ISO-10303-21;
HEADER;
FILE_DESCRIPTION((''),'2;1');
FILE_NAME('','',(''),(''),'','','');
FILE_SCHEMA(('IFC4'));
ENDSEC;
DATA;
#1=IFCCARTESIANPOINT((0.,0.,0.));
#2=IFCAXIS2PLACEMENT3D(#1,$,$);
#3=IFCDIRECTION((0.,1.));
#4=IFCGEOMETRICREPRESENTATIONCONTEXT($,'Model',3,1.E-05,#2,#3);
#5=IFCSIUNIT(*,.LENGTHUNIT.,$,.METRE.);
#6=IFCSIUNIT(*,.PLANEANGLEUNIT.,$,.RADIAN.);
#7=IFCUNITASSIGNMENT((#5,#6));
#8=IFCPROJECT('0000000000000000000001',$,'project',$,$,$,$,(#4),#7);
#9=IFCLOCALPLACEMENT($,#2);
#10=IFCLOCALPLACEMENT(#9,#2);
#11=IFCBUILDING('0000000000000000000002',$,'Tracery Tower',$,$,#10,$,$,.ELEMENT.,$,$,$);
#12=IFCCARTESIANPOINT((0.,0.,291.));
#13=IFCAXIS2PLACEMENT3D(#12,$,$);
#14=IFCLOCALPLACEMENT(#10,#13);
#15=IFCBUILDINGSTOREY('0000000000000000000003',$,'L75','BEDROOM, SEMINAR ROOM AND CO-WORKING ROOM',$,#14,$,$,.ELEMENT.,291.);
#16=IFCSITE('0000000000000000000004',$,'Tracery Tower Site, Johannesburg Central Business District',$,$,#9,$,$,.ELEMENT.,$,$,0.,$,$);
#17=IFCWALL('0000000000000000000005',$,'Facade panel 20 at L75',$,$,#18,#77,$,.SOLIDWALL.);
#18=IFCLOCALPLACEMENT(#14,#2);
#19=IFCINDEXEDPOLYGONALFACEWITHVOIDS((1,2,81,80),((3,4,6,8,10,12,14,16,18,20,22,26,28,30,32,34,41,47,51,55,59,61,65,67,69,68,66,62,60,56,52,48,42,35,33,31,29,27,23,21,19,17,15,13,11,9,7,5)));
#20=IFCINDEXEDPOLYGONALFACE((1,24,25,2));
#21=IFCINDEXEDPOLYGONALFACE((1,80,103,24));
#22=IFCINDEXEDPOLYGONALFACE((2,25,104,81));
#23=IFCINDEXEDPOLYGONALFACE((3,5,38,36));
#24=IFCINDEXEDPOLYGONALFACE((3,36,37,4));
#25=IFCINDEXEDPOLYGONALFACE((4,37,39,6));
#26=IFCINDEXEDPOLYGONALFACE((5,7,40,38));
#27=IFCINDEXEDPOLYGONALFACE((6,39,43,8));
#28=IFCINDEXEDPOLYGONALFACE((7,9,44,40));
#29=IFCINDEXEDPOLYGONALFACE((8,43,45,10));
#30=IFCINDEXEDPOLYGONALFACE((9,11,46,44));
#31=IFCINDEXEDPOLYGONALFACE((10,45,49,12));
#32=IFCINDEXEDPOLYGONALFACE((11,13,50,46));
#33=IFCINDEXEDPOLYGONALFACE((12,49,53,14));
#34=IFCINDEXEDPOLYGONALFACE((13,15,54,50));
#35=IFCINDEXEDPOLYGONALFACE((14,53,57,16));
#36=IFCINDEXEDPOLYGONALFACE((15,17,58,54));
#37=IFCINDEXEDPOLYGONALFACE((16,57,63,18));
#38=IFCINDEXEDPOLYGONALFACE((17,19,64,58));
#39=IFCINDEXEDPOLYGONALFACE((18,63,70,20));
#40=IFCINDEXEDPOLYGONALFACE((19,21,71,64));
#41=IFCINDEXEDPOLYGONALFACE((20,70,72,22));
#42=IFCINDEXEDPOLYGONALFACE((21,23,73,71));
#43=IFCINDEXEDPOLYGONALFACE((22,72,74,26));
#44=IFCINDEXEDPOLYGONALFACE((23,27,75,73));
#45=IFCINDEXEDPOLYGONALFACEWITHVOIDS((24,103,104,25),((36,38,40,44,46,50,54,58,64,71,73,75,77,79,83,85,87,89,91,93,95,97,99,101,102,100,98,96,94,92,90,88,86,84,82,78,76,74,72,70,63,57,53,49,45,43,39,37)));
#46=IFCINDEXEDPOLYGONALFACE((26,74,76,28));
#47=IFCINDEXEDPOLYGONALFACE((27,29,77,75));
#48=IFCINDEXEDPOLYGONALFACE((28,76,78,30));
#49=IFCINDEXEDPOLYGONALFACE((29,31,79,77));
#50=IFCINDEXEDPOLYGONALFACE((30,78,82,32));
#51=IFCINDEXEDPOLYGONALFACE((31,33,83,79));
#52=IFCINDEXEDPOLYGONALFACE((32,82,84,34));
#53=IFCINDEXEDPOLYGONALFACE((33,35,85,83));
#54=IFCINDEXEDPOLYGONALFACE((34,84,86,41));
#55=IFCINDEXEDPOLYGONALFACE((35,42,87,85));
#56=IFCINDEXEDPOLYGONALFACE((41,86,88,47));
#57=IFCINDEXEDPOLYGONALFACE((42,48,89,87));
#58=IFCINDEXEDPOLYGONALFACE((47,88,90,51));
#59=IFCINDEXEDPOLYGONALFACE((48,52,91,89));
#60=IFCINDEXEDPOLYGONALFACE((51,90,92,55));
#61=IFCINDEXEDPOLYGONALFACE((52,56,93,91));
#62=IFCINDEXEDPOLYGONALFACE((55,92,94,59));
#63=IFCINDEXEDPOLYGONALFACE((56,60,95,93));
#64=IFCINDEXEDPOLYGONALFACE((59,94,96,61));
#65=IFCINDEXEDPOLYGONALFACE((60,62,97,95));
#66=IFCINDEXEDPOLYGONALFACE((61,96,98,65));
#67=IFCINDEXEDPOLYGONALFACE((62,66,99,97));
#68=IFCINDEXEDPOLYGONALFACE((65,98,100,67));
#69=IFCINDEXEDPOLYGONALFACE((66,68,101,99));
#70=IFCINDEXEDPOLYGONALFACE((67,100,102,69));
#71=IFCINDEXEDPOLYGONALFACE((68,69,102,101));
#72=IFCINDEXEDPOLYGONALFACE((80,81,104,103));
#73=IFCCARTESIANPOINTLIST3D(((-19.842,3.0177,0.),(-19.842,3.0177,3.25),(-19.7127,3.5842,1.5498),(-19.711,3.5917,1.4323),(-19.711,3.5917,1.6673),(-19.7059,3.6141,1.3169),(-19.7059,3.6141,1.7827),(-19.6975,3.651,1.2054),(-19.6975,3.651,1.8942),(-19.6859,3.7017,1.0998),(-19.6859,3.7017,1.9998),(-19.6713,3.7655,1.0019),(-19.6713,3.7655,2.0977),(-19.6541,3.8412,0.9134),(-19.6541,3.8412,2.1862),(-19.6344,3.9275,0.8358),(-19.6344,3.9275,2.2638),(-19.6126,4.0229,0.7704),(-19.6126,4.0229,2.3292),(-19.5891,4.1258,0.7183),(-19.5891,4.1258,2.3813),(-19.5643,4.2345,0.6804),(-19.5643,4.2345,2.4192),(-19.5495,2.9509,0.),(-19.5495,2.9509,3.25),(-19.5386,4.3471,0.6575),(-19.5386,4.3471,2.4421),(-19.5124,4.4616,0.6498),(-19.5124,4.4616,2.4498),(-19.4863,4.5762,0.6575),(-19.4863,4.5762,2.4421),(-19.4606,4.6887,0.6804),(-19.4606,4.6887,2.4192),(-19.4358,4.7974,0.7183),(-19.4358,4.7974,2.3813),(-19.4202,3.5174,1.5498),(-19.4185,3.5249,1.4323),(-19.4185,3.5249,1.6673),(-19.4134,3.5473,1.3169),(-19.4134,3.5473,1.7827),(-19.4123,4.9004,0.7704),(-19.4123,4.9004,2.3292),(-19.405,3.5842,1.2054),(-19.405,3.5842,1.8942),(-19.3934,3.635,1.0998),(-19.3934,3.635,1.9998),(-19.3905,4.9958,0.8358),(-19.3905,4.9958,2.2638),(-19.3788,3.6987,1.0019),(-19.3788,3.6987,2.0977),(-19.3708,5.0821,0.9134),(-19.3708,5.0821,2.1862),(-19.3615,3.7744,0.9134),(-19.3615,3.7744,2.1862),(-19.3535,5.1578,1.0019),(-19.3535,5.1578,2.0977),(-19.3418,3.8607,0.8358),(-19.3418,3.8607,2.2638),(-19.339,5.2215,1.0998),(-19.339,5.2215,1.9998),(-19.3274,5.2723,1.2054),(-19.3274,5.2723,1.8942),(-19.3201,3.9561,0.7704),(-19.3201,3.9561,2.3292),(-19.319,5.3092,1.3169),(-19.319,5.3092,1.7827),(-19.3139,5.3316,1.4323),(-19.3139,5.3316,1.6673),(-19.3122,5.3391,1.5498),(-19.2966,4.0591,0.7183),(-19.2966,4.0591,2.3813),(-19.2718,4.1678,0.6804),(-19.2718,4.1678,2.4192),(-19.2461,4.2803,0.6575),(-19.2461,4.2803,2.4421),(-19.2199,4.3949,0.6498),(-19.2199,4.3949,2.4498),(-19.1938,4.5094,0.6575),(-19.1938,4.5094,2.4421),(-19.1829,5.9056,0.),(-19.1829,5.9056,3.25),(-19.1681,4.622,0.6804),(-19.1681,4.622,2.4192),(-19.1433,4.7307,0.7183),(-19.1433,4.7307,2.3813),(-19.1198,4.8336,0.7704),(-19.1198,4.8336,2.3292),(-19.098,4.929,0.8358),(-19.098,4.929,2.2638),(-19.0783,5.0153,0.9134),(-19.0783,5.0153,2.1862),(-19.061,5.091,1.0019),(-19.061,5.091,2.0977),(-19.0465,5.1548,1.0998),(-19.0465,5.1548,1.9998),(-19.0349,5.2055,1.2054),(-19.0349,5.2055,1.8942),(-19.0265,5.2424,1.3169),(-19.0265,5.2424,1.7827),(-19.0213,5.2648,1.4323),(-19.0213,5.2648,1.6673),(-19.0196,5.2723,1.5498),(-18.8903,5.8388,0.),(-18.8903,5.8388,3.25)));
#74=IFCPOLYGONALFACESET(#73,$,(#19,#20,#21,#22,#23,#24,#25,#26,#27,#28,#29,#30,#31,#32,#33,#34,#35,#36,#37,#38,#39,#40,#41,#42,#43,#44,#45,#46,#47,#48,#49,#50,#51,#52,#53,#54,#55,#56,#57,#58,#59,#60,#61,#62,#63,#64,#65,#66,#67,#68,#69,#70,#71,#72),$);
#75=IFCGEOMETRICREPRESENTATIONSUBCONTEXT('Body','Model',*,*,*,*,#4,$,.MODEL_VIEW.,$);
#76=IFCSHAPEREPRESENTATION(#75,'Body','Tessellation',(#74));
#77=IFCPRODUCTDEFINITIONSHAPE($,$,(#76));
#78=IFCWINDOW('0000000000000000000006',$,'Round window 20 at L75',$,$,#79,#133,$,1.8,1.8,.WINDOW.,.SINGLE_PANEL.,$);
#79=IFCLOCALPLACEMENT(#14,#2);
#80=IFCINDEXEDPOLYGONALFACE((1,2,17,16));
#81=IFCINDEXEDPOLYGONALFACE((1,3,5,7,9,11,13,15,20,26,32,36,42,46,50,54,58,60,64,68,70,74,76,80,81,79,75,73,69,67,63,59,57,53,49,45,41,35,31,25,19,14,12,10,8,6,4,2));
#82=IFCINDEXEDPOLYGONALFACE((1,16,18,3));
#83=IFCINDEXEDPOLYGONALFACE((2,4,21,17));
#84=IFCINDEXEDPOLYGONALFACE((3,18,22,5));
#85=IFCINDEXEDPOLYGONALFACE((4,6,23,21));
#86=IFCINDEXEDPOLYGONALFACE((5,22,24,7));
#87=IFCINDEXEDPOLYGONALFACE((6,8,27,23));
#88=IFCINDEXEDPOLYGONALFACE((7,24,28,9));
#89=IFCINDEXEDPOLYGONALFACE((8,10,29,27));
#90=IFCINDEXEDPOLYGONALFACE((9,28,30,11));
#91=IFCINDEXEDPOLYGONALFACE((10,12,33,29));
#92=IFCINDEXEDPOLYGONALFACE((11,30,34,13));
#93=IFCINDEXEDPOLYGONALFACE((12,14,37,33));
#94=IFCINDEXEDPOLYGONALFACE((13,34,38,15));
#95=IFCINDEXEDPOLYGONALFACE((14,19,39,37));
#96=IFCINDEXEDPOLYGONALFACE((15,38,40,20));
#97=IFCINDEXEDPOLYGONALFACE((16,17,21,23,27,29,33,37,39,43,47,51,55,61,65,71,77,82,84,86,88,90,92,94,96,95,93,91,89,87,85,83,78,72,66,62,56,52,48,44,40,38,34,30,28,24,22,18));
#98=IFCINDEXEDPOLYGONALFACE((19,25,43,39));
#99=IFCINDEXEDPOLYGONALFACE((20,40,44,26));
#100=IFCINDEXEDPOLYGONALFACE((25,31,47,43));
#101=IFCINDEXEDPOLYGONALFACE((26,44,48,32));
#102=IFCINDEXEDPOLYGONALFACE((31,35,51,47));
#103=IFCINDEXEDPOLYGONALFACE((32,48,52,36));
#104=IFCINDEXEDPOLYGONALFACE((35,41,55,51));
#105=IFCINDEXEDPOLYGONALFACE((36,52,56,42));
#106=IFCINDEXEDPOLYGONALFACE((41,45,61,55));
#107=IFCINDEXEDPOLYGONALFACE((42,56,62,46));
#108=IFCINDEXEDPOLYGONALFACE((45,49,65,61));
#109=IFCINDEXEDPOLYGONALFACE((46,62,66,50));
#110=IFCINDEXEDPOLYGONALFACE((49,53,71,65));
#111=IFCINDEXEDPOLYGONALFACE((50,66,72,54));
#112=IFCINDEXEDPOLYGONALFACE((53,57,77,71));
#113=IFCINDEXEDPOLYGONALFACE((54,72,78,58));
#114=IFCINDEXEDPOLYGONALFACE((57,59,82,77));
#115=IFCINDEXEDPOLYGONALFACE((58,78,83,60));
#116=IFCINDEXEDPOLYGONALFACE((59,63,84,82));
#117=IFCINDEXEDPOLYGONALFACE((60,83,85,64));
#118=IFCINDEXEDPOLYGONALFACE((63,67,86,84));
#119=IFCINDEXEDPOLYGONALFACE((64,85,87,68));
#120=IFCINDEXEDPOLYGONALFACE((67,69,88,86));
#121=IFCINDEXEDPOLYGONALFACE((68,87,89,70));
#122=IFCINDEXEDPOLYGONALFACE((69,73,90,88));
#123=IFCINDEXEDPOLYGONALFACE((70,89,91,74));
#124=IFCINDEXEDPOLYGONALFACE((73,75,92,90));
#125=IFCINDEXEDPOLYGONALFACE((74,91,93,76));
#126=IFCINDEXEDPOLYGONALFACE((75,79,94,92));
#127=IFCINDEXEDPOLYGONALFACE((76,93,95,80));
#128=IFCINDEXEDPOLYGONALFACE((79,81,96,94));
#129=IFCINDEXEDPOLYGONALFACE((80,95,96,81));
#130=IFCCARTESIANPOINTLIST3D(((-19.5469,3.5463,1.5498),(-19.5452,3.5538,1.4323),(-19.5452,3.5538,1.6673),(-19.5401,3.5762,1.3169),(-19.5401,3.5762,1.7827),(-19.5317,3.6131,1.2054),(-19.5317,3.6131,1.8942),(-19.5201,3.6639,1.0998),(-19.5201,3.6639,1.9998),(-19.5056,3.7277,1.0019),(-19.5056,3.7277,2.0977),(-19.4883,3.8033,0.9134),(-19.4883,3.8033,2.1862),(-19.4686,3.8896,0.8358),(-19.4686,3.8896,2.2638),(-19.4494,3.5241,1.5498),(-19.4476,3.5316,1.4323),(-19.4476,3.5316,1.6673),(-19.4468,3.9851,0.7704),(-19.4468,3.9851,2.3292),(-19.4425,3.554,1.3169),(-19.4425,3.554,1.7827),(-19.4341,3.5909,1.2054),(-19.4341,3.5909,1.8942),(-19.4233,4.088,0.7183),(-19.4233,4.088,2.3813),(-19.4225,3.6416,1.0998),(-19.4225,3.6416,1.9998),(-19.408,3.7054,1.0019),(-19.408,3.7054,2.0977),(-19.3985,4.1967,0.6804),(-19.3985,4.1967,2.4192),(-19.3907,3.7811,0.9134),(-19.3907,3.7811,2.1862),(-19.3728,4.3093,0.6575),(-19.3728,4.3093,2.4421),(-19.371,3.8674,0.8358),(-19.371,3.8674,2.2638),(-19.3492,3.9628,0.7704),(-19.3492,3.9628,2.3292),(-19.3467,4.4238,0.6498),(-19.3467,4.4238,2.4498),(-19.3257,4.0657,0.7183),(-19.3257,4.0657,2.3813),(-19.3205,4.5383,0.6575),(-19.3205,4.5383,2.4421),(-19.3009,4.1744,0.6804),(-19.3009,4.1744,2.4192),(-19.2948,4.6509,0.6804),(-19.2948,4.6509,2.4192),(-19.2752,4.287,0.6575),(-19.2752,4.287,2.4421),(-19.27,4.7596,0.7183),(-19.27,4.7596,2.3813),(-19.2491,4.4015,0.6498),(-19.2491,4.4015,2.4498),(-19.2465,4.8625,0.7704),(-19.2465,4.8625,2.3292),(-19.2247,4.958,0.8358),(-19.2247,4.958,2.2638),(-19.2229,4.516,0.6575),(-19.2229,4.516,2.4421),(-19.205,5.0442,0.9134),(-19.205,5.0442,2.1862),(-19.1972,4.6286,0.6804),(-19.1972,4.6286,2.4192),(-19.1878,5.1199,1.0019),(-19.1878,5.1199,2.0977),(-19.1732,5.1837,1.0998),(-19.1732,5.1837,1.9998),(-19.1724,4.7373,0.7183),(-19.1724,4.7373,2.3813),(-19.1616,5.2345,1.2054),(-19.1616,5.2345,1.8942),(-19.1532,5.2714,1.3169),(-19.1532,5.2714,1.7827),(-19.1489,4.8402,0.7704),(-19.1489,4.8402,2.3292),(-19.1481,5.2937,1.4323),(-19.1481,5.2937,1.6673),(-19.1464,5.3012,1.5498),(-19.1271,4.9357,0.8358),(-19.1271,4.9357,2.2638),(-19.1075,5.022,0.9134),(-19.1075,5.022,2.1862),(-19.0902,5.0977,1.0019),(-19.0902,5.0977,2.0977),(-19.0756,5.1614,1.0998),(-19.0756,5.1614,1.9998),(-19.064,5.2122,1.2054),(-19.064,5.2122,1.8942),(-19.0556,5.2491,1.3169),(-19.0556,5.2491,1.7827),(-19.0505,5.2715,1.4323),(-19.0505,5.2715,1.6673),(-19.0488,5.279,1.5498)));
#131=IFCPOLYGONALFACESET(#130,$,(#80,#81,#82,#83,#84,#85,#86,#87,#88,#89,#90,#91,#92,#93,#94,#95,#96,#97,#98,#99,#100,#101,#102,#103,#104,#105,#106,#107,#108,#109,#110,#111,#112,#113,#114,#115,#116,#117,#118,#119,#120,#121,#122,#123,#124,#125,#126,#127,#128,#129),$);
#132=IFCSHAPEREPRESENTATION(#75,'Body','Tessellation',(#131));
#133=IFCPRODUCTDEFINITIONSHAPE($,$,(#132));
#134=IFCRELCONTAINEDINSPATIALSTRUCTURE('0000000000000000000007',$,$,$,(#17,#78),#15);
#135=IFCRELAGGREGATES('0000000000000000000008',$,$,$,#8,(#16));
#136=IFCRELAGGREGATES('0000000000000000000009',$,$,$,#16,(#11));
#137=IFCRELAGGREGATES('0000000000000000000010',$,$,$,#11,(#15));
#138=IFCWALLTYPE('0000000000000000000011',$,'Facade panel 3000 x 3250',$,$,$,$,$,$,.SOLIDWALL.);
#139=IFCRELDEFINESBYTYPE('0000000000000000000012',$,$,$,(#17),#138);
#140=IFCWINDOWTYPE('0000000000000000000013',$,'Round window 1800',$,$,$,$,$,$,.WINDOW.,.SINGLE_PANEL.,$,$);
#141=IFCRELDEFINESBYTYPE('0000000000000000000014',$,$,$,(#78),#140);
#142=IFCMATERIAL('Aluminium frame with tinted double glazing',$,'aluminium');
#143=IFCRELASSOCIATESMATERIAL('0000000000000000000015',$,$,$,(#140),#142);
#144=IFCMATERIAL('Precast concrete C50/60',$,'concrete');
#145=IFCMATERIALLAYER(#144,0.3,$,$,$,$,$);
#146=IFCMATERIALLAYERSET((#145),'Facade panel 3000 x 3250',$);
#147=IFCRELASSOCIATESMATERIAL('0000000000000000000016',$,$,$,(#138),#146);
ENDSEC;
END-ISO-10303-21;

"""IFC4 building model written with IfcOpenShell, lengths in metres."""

from ifc_helpers import new_model, si_unit, direction, frame, frame_2d, origin, origin_2d, place, context, subcontext, project, spatial, rectangle, circle, extrude, material, layer, layer_set, type_object, element, fill, save


model = new_model("IFC4")

# Units and contexts
model_context = context("Model", 3, precision=1e-05, world=origin(), true_north=direction((0.0, 1.0)))
body_context = subcontext(model_context, "Body", "Model", "MODEL_VIEW")
ifc_project = project(units=[si_unit("LENGTHUNIT", "METRE"), si_unit("PLANEANGLEUNIT", "RADIAN")], contexts=[model_context])

# Site, building, storey
site_placement = place(None, origin())
site = spatial("IfcSite", under=ifc_project, at=site_placement, Name="Tracery Tower Site, Johannesburg Central Business District", CompositionType="ELEMENT", RefElevation=0.0)
building_placement = place(site_placement, origin())
building = spatial("IfcBuilding", under=site, at=building_placement, Name="Tracery Tower", CompositionType="ELEMENT")
storey_placement = place(building_placement, frame((0.0, 0.0, 291.0)))
storey = spatial("IfcBuildingStorey", under=building, at=storey_placement, Name="L75", Description="BEDROOM, SEMINAR ROOM AND CO-WORKING ROOM", CompositionType="ELEMENT", Elevation=291.0)

# Wall, opening, window
ifc_material_1 = material(Name="Aluminium frame with tinted double glazing", Category="aluminium")
window_type = type_object("IfcWindowType", Name="Round window 1800", PartitioningType="SINGLE_PANEL", PredefinedType="WINDOW", material=ifc_material_1)
ifc_material_2 = material(Name="Precast concrete C50/60", Category="concrete")
ifc_layer_1 = layer(ifc_material_2, 0.3)
ifc_layer_set_1 = layer_set([ifc_layer_1], Name="Facade panel 3000 x 3250")
wall_type_1 = type_object("IfcWallType", Name="Facade panel 3000 x 3250", PredefinedType="SOLIDWALL", material=ifc_layer_set_1)
wall_1_placement = place(storey_placement, frame((-19.0366, 5.8721, 0.0), z_axis=(0.0, 0.0, 1.0), x_axis=(-0.222529, -0.974926, 0.0)))
wall_1 = element("IfcWall", 1, at=wall_1_placement, inside=storey, type_object=wall_type_1, Name="Facade panel 20 at L75", PredefinedType="SOLIDWALL", context=body_context, shape_type="SweptSolid", body=[
    extrude(rectangle(XDim=2.9622, YDim=0.3, at=frame_2d((1.481, 0.0))), origin(), (0.0, 0.0, 1.0), 3.25),
])
opening_1_placement = place(wall_1_placement, frame((1.481, 0.0, 1.5498)))
opening_1 = element("IfcOpeningElement", 2, at=opening_1_placement, cuts=wall_1, PredefinedType="OPENING", context=body_context, shape_type="SweptSolid", body=[
    extrude(circle(Radius=0.9, at=origin_2d()), frame((0.0, 0.1599, 0.0), z_axis=(0.0, -1.0, 0.0), x_axis=(1.0, 0.0, 0.0)), (0.0, 0.0, 1.0), 0.3201),
])
window_1_placement = place(opening_1_placement, origin())
window_1 = element("IfcWindow", 3, at=window_1_placement, inside=storey, type_object=window_type, Name="Round window 20 at L75", OverallHeight=1.8, OverallWidth=1.8, PartitioningType="SINGLE_PANEL", PredefinedType="WINDOW", context=body_context, shape_type="SweptSolid", body=[
    extrude(circle(Radius=0.9, at=origin_2d()), frame((0.0, 0.1201, 0.0), z_axis=(0.0, -1.0, 0.0), x_axis=(1.0, 0.0, 0.0)), (0.0, 0.0, 1.0), 0.1001),
])
fill(opening_1, window_1)

save(model, "model.ifc")
